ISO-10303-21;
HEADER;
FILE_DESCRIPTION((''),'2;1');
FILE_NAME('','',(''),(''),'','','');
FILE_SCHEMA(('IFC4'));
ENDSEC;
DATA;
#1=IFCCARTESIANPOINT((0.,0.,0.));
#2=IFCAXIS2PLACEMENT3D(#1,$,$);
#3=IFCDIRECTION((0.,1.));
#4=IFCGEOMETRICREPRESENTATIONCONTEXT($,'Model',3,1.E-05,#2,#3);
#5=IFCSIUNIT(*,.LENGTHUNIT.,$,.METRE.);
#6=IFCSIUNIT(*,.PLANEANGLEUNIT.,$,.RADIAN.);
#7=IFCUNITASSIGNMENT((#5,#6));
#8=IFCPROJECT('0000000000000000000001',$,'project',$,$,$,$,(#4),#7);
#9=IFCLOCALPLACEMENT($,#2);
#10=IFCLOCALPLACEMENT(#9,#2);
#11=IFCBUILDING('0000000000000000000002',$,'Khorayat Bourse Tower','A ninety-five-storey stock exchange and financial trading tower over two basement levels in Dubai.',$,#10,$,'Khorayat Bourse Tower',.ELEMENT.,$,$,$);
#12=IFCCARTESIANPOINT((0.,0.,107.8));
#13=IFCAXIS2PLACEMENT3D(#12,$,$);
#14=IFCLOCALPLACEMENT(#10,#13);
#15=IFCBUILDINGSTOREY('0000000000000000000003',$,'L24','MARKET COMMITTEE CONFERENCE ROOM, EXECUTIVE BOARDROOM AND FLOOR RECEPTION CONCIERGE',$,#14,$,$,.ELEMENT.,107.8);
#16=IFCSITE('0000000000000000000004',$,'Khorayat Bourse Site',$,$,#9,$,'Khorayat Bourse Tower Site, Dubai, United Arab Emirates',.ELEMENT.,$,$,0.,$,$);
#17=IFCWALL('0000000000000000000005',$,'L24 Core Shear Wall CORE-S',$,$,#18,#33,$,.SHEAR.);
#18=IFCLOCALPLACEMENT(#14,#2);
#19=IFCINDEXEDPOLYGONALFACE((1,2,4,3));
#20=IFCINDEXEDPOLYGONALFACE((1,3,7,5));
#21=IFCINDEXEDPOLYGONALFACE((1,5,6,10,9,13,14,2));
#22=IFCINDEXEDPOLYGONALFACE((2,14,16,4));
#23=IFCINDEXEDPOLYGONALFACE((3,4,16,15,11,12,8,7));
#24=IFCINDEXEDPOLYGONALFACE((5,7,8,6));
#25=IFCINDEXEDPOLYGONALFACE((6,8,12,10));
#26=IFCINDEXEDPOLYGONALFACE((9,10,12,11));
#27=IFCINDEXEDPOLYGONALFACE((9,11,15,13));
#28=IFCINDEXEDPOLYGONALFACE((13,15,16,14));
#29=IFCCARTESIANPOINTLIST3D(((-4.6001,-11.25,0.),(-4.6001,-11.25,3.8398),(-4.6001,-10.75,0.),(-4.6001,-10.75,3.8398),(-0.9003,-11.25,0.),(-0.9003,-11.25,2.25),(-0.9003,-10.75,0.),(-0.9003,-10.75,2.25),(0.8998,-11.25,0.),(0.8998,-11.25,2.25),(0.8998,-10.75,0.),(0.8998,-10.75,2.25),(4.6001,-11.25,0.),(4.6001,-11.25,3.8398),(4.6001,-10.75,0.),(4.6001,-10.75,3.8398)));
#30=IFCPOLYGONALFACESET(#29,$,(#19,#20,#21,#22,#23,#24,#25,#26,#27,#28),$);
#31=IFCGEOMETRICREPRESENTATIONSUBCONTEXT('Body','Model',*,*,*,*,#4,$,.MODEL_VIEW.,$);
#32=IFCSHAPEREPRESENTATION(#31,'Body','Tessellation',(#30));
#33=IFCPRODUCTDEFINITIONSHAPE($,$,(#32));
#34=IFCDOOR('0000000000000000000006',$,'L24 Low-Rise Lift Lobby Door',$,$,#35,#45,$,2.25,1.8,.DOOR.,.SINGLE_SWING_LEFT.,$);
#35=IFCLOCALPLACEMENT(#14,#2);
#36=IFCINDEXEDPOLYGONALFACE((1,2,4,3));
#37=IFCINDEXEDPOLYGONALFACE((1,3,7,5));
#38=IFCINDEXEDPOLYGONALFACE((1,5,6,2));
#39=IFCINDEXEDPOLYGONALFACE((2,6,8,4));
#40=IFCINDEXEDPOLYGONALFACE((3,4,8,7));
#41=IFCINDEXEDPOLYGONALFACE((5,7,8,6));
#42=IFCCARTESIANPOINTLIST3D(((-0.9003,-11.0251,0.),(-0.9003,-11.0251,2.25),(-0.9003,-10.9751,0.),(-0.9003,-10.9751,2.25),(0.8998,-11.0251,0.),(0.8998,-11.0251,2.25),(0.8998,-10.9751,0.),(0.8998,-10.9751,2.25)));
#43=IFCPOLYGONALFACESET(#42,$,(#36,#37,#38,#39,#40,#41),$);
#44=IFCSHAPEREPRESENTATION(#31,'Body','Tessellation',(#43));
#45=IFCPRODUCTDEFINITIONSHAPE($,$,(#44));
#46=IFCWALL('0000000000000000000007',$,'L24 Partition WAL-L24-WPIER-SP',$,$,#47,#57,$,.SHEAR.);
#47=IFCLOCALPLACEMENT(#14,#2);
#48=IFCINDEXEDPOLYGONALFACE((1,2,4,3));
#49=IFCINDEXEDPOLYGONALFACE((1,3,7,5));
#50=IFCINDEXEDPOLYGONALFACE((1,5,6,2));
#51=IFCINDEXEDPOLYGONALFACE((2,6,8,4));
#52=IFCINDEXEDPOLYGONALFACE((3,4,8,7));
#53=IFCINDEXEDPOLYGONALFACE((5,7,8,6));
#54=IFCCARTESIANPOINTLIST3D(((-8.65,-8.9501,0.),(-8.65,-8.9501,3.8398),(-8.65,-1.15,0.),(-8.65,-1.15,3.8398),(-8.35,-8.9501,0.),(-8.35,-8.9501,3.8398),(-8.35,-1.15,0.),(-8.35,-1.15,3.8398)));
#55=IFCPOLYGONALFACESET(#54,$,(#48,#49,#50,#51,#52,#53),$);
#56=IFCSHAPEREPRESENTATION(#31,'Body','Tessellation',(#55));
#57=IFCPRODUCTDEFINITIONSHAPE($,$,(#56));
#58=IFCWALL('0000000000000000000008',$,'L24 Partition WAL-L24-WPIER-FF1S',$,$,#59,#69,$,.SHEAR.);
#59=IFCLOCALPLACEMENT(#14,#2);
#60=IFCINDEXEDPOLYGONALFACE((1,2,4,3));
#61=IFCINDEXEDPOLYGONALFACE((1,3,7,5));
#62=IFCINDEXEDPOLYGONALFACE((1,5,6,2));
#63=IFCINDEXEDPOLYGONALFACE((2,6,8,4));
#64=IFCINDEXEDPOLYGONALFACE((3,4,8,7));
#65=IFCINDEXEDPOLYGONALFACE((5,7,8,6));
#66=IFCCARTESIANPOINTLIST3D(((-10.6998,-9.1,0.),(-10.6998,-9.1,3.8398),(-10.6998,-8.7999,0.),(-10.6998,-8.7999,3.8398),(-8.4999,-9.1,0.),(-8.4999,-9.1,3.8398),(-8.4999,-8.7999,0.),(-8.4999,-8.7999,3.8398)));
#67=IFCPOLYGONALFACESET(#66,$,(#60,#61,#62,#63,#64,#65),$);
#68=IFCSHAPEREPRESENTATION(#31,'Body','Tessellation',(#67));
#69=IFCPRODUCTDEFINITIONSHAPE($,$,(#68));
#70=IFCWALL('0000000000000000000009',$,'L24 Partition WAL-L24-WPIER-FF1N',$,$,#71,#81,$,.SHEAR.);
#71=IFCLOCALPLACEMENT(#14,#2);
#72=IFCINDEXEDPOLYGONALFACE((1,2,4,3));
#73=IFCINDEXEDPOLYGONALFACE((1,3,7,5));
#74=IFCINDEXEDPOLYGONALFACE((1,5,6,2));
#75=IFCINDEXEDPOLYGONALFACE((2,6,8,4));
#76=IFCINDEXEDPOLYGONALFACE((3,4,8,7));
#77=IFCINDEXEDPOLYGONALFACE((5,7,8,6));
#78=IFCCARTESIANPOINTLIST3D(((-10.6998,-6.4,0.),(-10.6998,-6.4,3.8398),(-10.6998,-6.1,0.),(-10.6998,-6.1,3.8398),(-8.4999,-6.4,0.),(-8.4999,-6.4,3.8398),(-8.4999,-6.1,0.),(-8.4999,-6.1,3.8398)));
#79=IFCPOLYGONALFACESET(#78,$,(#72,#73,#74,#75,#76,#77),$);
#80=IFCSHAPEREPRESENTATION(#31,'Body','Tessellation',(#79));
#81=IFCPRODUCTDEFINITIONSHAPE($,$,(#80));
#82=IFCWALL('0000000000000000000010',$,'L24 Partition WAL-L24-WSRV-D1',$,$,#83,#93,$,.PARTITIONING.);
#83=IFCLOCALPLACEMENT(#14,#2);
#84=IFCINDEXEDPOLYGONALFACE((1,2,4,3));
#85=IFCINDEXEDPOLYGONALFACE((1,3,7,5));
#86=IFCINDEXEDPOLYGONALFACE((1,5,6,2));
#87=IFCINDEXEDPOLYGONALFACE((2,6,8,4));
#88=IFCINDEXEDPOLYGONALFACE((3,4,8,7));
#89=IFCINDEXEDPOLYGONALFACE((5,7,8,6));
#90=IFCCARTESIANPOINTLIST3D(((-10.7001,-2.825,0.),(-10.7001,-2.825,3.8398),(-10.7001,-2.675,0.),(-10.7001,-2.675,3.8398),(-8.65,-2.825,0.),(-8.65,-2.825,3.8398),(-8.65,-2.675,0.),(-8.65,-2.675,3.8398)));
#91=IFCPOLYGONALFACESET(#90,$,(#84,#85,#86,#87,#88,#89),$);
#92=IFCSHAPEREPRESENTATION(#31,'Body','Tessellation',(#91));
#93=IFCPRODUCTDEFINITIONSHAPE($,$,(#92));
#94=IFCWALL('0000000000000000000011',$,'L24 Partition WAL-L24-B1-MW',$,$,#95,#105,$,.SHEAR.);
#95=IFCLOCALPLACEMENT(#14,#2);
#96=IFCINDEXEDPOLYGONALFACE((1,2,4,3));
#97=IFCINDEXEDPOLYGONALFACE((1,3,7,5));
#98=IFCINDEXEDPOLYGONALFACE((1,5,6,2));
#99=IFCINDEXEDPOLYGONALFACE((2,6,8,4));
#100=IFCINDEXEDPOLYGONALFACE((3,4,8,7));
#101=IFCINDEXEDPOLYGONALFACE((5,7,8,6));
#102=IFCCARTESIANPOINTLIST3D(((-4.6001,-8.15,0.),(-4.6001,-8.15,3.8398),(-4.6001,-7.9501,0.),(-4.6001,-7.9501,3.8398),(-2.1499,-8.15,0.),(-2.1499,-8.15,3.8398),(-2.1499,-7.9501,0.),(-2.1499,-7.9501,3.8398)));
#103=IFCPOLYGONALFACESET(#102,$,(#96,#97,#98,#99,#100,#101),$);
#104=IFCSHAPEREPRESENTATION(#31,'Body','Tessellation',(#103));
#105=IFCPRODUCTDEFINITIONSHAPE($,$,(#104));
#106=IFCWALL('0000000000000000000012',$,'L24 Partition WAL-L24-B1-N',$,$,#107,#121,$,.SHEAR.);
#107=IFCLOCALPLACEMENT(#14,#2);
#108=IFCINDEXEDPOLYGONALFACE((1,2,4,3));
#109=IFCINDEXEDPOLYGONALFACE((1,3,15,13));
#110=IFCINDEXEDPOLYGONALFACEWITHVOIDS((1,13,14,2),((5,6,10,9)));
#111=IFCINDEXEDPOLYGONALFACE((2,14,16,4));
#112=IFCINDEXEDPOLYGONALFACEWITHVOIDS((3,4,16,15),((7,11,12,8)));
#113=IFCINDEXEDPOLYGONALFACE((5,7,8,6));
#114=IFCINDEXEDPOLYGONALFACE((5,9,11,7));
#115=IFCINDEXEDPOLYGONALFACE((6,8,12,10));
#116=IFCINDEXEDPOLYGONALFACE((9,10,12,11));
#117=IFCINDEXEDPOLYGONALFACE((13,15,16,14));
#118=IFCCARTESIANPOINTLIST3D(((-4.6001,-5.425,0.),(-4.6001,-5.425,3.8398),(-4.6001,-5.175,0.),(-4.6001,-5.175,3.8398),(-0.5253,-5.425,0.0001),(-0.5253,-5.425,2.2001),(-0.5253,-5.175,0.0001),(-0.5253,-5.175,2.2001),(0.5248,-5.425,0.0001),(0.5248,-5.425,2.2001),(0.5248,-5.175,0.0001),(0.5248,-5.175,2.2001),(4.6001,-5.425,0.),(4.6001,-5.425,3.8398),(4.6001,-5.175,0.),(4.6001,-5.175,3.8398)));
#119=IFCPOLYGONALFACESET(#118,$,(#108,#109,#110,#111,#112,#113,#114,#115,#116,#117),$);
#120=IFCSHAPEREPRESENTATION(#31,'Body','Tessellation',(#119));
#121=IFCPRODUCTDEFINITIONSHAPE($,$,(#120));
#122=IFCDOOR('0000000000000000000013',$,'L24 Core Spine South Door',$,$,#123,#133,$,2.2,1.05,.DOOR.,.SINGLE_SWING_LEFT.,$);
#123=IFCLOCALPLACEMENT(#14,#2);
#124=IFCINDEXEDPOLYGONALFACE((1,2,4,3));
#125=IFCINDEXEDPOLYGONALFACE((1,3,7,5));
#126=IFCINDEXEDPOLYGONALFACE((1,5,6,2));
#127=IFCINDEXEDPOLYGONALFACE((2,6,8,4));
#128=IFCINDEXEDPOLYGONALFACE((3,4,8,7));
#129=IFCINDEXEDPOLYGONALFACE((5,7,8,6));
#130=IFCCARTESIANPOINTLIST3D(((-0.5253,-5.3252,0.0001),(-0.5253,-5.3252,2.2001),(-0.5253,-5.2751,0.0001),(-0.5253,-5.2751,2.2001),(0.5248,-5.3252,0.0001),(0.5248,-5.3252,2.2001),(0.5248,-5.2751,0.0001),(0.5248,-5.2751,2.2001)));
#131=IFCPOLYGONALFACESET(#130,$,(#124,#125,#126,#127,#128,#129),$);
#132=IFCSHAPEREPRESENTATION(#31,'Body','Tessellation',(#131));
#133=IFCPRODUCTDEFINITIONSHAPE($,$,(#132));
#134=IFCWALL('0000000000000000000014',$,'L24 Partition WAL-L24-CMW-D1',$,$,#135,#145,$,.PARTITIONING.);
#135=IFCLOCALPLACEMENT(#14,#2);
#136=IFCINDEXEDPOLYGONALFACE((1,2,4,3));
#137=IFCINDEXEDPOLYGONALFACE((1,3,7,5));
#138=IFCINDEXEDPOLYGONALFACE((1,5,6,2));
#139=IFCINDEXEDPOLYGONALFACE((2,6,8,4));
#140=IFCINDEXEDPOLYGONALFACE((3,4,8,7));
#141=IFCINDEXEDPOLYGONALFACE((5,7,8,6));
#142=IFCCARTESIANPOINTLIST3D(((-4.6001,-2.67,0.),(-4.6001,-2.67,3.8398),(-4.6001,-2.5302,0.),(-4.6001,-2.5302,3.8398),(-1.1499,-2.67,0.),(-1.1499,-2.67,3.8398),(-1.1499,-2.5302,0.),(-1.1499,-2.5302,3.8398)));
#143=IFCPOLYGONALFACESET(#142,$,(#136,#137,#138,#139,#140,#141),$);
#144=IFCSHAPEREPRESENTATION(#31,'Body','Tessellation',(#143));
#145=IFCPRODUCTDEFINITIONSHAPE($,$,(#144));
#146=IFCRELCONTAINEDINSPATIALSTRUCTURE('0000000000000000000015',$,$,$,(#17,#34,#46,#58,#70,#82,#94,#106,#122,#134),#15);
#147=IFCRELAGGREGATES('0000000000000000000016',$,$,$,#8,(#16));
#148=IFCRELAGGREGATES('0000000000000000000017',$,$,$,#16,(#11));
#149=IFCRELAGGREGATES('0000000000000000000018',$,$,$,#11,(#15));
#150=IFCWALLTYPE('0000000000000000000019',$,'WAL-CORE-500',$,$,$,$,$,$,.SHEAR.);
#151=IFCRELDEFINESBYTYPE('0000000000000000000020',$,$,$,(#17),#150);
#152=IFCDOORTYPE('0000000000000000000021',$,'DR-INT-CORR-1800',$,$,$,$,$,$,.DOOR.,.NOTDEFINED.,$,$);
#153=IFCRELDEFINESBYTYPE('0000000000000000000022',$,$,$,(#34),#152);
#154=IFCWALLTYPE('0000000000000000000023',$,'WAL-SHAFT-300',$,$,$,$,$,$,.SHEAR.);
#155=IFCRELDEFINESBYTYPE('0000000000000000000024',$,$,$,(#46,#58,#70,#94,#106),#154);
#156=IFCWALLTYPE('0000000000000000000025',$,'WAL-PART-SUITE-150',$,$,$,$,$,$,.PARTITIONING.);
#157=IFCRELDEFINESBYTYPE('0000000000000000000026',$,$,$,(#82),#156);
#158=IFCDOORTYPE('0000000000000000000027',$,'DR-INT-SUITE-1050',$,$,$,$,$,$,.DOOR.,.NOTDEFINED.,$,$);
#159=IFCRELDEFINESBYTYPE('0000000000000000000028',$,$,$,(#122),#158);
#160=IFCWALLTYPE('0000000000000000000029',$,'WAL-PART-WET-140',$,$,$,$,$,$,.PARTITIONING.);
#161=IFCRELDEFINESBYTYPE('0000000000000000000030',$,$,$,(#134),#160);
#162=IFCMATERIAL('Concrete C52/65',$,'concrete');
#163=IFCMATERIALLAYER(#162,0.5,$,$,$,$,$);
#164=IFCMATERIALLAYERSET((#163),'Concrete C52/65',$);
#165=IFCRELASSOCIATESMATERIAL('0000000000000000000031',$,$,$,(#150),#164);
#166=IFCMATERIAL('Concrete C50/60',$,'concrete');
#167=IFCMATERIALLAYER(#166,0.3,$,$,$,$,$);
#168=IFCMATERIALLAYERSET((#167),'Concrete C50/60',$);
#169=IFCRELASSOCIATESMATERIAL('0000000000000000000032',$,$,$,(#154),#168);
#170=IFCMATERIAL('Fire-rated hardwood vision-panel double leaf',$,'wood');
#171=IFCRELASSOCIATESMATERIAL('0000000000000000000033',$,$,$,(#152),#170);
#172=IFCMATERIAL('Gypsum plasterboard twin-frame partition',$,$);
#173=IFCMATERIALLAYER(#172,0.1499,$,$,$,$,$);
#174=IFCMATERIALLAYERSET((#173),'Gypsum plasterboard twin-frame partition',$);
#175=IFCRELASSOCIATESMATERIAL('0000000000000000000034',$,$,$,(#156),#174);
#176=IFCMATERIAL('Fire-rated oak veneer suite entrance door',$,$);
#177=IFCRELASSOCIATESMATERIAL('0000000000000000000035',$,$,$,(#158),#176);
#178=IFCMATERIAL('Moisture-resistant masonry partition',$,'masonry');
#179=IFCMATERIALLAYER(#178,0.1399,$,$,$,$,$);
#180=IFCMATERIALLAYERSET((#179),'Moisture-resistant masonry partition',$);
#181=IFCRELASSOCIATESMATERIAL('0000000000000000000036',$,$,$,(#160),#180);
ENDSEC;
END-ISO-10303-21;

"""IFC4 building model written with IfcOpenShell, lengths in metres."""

from ifc_helpers import new_model, si_unit, direction, frame, frame_2d, origin, place, context, subcontext, project, spatial, rectangle, extrude, source, transform, mapped, material, layer, layer_set, type_object, element, fill, save


model = new_model("IFC4")

# Units and contexts
model_context = context("Model", 3, precision=1e-05, world=origin(), true_north=direction((0.0, 1.0)))
body_context = subcontext(model_context, "Body", "Model", "MODEL_VIEW")
ifc_project = project(units=[si_unit("LENGTHUNIT", "METRE"), si_unit("PLANEANGLEUNIT", "RADIAN")], contexts=[model_context])

# Site, building, storey
site_placement = place(None, origin())
site = spatial("IfcSite", under=ifc_project, at=site_placement, Name="Khorayat Bourse Site", LongName="Khorayat Bourse Tower Site, Dubai, United Arab Emirates", CompositionType="ELEMENT", RefElevation=0.0)
building_placement = place(site_placement, origin())
building = spatial("IfcBuilding", under=site, at=building_placement, Name="Khorayat Bourse Tower", Description="A ninety-five-storey stock exchange and financial trading tower over two basement levels in Dubai.", LongName="Khorayat Bourse Tower", CompositionType="ELEMENT")
storey_placement = place(building_placement, frame((0.0, 0.0, 107.8)))
storey = spatial("IfcBuildingStorey", under=building, at=storey_placement, Name="L24", Description="MARKET COMMITTEE CONFERENCE ROOM, EXECUTIVE BOARDROOM AND FLOOR RECEPTION CONCIERGE", CompositionType="ELEMENT", Elevation=107.8)

# Shared definitions
ifc_material_1 = material(Name="Concrete C52/65", Category="concrete")
ifc_layer_1 = layer(ifc_material_1, 0.5)
ifc_layer_set_1 = layer_set([ifc_layer_1], Name="Concrete C52/65")
wall_type_1 = type_object("IfcWallType", Name="WAL-CORE-500", PredefinedType="SHEAR", material=ifc_layer_set_1)
ifc_material_2 = material(Name="Concrete C50/60", Category="concrete")
ifc_layer_2 = layer(ifc_material_2, 0.3)
ifc_layer_set_2 = layer_set([ifc_layer_2], Name="Concrete C50/60")
wall_type_2 = type_object("IfcWallType", Name="WAL-SHAFT-300", PredefinedType="SHEAR", material=ifc_layer_set_2)

# Wall, opening, door
shared_shape_1 = source(origin(), body_context, "Body", "SweptSolid", [
    extrude(rectangle(XDim=9.2002, YDim=0.5, at=frame_2d((4.6001, 0.0))), origin(), (0.0, 0.0, 1.0), 3.8398),
])
wall_1_placement = place(storey_placement, frame((-4.6001, -11.0, 0.0), z_axis=(0.0, 0.0, 1.0), x_axis=(1.0, 0.0, 0.0)))
wall_1 = element("IfcWall", 1, at=wall_1_placement, inside=storey, type_object=wall_type_1, Name="L24 Core Shear Wall CORE-S", PredefinedType="SHEAR", context=body_context, shape_type="MappedRepresentation", body=[
    mapped(shared_shape_1, transform((0.0, 0.0, 0.0), scale=1.0)),
])
shared_shape_2 = source(origin(), body_context, "Body", "SweptSolid", [
    extrude(rectangle(XDim=1.8, YDim=2.25, at=frame_2d((0.8999, 1.125))), frame((0.0, 0.26, 0.0), z_axis=(0.0, -1.0, 0.0), x_axis=(1.0, 0.0, 0.0)), (0.0, 0.0, 1.0), 0.52),
])
opening_1_placement = place(wall_1_placement, frame((3.7, 0.0, 0.0)))
opening_1 = element("IfcOpeningElement", 2, at=opening_1_placement, cuts=wall_1, PredefinedType="OPENING", context=body_context, shape_type="MappedRepresentation", body=[
    mapped(shared_shape_2, transform((0.0, 0.0, 0.0), scale=1.0)),
])
ifc_material_3 = material(Name="Fire-rated hardwood vision-panel double leaf", Category="wood")
door_type_1 = type_object("IfcDoorType", Name="DR-INT-CORR-1800", OperationType="NOTDEFINED", PredefinedType="DOOR", material=ifc_material_3)
shared_shape_3 = source(origin(), body_context, "Body", "SweptSolid", [
    extrude(rectangle(XDim=1.8, YDim=2.25, at=frame_2d((0.8999, 1.125))), frame((0.0, 0.0249, 0.0), z_axis=(0.0, -1.0, 0.0), x_axis=(1.0, 0.0, 0.0)), (0.0, 0.0, 1.0), 0.05),
])
door_1_placement = place(opening_1_placement, origin())
door_1 = element("IfcDoor", 3, at=door_1_placement, inside=storey, type_object=door_type_1, Name="L24 Low-Rise Lift Lobby Door", OperationType="SINGLE_SWING_LEFT", OverallHeight=2.25, OverallWidth=1.8, PredefinedType="DOOR", context=body_context, shape_type="MappedRepresentation", body=[
    mapped(shared_shape_3, transform((0.0, 0.0, 0.0), scale=1.0)),
])
fill(opening_1, door_1)

# Walls
shared_shape_4 = source(origin(), body_context, "Body", "SweptSolid", [
    extrude(rectangle(XDim=7.8, YDim=0.3, at=frame_2d((3.8999, 0.0))), origin(), (0.0, 0.0, 1.0), 3.8398),
])
wall_2_placement = place(storey_placement, frame((-8.5, -8.95, 0.0), z_axis=(0.0, 0.0, 1.0), x_axis=(0.0, 1.0, 0.0)))
element("IfcWall", 4, at=wall_2_placement, inside=storey, type_object=wall_type_2, Name="L24 Partition WAL-L24-WPIER-SP", PredefinedType="SHEAR", context=body_context, shape_type="MappedRepresentation", body=[
    mapped(shared_shape_4, transform((0.0, 0.0, 0.0), scale=1.0)),
])
shared_shape_5 = source(origin(), body_context, "Body", "SweptSolid", [
    extrude(rectangle(XDim=2.2, YDim=0.3, at=frame_2d((1.1001, 0.0))), origin(), (0.0, 0.0, 1.0), 3.8398),
])
for number, where, z_axis, x_axis, name in (
    (5, (-10.7, -8.95, 0.0), (0.0, 0.0, 1.0), (1.0, 0.0, 0.0), "L24 Partition WAL-L24-WPIER-FF1S"),
    (6, (-10.7, -6.25, 0.0), (0.0, 0.0, 1.0), (1.0, 0.0, 0.0), "L24 Partition WAL-L24-WPIER-FF1N"),
):
    element("IfcWall", number, at=place(storey_placement, frame(where, z_axis=z_axis, x_axis=x_axis)), inside=storey, type_object=wall_type_2, Name=name, PredefinedType="SHEAR", context=body_context, shape_type="MappedRepresentation", body=[
        mapped(shared_shape_5, transform((0.0, 0.0, 0.0), scale=1.0)),
    ])
ifc_material_4 = material(Name="Gypsum plasterboard twin-frame partition")
ifc_layer_3 = layer(ifc_material_4, 0.1499)
ifc_layer_set_3 = layer_set([ifc_layer_3], Name="Gypsum plasterboard twin-frame partition")
wall_type_3 = type_object("IfcWallType", Name="WAL-PART-SUITE-150", PredefinedType="PARTITIONING", material=ifc_layer_set_3)
shared_shape_6 = source(origin(), body_context, "Body", "SweptSolid", [
    extrude(rectangle(XDim=2.05, YDim=0.1499, at=frame_2d((1.0249, 0.0))), origin(), (0.0, 0.0, 1.0), 3.8398),
])
wall_3_placement = place(storey_placement, frame((-10.7, -2.75, 0.0), z_axis=(0.0, 0.0, 1.0), x_axis=(1.0, 0.0, 0.0)))
element("IfcWall", 7, at=wall_3_placement, inside=storey, type_object=wall_type_3, Name="L24 Partition WAL-L24-WSRV-D1", PredefinedType="PARTITIONING", context=body_context, shape_type="MappedRepresentation", body=[
    mapped(shared_shape_6, transform((0.0, 0.0, 0.0), scale=1.0)),
])
shared_shape_7 = source(origin(), body_context, "Body", "SweptSolid", [
    extrude(rectangle(XDim=2.4502, YDim=0.2, at=frame_2d((1.2251, 0.0))), origin(), (0.0, 0.0, 1.0), 3.8398),
])
wall_4_placement = place(storey_placement, frame((-4.6001, -8.05, 0.0), z_axis=(0.0, 0.0, 1.0), x_axis=(1.0, 0.0, 0.0)))
element("IfcWall", 8, at=wall_4_placement, inside=storey, type_object=wall_type_2, Name="L24 Partition WAL-L24-B1-MW", PredefinedType="SHEAR", context=body_context, shape_type="MappedRepresentation", body=[
    mapped(shared_shape_7, transform((0.0, 0.0, 0.0), scale=1.0)),
])

# Wall, opening, door
shared_shape_8 = source(origin(), body_context, "Body", "SweptSolid", [
    extrude(rectangle(XDim=9.2002, YDim=0.25, at=frame_2d((4.6001, 0.0))), origin(), (0.0, 0.0, 1.0), 3.8398),
])
wall_5_placement = place(storey_placement, frame((-4.6001, -5.3, 0.0), z_axis=(0.0, 0.0, 1.0), x_axis=(1.0, 0.0, 0.0)))
wall_5 = element("IfcWall", 9, at=wall_5_placement, inside=storey, type_object=wall_type_2, Name="L24 Partition WAL-L24-B1-N", PredefinedType="SHEAR", context=body_context, shape_type="MappedRepresentation", body=[
    mapped(shared_shape_8, transform((0.0, 0.0, 0.0), scale=1.0)),
])
shared_shape_9 = source(origin(), body_context, "Body", "SweptSolid", [
    extrude(rectangle(XDim=1.05, YDim=2.2, at=frame_2d((0.5249, 1.1001))), frame((0.0, 0.135, 0.0), z_axis=(0.0, -1.0, 0.0), x_axis=(1.0, 0.0, 0.0)), (0.0, 0.0, 1.0), 0.27),
])
opening_2_placement = place(wall_5_placement, frame((4.075, 0.0, 0.0)))
opening_2 = element("IfcOpeningElement", 10, at=opening_2_placement, cuts=wall_5, PredefinedType="OPENING", context=body_context, shape_type="MappedRepresentation", body=[
    mapped(shared_shape_9, transform((0.0, 0.0, 0.0), scale=1.0)),
])
ifc_material_5 = material(Name="Fire-rated oak veneer suite entrance door")
door_type_2 = type_object("IfcDoorType", Name="DR-INT-SUITE-1050", OperationType="NOTDEFINED", PredefinedType="DOOR", material=ifc_material_5)
shared_shape_10 = source(origin(), body_context, "Body", "SweptSolid", [
    extrude(rectangle(XDim=1.05, YDim=2.2, at=frame_2d((0.5249, 1.1001))), frame((0.0, 0.0249, 0.0), z_axis=(0.0, -1.0, 0.0), x_axis=(1.0, 0.0, 0.0)), (0.0, 0.0, 1.0), 0.05),
])
door_2_placement = place(opening_2_placement, origin())
door_2 = element("IfcDoor", 11, at=door_2_placement, inside=storey, type_object=door_type_2, Name="L24 Core Spine South Door", OperationType="SINGLE_SWING_LEFT", OverallHeight=2.2, OverallWidth=1.05, PredefinedType="DOOR", context=body_context, shape_type="MappedRepresentation", body=[
    mapped(shared_shape_10, transform((0.0, 0.0, 0.0), scale=1.0)),
])
fill(opening_2, door_2)

# Wall
ifc_material_6 = material(Name="Moisture-resistant masonry partition", Category="masonry")
ifc_layer_4 = layer(ifc_material_6, 0.1399)
ifc_layer_set_4 = layer_set([ifc_layer_4], Name="Moisture-resistant masonry partition")
wall_type_4 = type_object("IfcWallType", Name="WAL-PART-WET-140", PredefinedType="PARTITIONING", material=ifc_layer_set_4)
shared_shape_11 = source(origin(), body_context, "Body", "SweptSolid", [
    extrude(rectangle(XDim=3.4502, YDim=0.1399, at=frame_2d((1.7251, 0.0))), origin(), (0.0, 0.0, 1.0), 3.8398),
])
wall_6_placement = place(storey_placement, frame((-4.6001, -2.6001, 0.0), z_axis=(0.0, 0.0, 1.0), x_axis=(1.0, 0.0, 0.0)))
element("IfcWall", 12, at=wall_6_placement, inside=storey, type_object=wall_type_4, Name="L24 Partition WAL-L24-CMW-D1", PredefinedType="PARTITIONING", context=body_context, shape_type="MappedRepresentation", body=[
    mapped(shared_shape_11, transform((0.0, 0.0, 0.0), scale=1.0)),
])

save(model, "model.ifc")
